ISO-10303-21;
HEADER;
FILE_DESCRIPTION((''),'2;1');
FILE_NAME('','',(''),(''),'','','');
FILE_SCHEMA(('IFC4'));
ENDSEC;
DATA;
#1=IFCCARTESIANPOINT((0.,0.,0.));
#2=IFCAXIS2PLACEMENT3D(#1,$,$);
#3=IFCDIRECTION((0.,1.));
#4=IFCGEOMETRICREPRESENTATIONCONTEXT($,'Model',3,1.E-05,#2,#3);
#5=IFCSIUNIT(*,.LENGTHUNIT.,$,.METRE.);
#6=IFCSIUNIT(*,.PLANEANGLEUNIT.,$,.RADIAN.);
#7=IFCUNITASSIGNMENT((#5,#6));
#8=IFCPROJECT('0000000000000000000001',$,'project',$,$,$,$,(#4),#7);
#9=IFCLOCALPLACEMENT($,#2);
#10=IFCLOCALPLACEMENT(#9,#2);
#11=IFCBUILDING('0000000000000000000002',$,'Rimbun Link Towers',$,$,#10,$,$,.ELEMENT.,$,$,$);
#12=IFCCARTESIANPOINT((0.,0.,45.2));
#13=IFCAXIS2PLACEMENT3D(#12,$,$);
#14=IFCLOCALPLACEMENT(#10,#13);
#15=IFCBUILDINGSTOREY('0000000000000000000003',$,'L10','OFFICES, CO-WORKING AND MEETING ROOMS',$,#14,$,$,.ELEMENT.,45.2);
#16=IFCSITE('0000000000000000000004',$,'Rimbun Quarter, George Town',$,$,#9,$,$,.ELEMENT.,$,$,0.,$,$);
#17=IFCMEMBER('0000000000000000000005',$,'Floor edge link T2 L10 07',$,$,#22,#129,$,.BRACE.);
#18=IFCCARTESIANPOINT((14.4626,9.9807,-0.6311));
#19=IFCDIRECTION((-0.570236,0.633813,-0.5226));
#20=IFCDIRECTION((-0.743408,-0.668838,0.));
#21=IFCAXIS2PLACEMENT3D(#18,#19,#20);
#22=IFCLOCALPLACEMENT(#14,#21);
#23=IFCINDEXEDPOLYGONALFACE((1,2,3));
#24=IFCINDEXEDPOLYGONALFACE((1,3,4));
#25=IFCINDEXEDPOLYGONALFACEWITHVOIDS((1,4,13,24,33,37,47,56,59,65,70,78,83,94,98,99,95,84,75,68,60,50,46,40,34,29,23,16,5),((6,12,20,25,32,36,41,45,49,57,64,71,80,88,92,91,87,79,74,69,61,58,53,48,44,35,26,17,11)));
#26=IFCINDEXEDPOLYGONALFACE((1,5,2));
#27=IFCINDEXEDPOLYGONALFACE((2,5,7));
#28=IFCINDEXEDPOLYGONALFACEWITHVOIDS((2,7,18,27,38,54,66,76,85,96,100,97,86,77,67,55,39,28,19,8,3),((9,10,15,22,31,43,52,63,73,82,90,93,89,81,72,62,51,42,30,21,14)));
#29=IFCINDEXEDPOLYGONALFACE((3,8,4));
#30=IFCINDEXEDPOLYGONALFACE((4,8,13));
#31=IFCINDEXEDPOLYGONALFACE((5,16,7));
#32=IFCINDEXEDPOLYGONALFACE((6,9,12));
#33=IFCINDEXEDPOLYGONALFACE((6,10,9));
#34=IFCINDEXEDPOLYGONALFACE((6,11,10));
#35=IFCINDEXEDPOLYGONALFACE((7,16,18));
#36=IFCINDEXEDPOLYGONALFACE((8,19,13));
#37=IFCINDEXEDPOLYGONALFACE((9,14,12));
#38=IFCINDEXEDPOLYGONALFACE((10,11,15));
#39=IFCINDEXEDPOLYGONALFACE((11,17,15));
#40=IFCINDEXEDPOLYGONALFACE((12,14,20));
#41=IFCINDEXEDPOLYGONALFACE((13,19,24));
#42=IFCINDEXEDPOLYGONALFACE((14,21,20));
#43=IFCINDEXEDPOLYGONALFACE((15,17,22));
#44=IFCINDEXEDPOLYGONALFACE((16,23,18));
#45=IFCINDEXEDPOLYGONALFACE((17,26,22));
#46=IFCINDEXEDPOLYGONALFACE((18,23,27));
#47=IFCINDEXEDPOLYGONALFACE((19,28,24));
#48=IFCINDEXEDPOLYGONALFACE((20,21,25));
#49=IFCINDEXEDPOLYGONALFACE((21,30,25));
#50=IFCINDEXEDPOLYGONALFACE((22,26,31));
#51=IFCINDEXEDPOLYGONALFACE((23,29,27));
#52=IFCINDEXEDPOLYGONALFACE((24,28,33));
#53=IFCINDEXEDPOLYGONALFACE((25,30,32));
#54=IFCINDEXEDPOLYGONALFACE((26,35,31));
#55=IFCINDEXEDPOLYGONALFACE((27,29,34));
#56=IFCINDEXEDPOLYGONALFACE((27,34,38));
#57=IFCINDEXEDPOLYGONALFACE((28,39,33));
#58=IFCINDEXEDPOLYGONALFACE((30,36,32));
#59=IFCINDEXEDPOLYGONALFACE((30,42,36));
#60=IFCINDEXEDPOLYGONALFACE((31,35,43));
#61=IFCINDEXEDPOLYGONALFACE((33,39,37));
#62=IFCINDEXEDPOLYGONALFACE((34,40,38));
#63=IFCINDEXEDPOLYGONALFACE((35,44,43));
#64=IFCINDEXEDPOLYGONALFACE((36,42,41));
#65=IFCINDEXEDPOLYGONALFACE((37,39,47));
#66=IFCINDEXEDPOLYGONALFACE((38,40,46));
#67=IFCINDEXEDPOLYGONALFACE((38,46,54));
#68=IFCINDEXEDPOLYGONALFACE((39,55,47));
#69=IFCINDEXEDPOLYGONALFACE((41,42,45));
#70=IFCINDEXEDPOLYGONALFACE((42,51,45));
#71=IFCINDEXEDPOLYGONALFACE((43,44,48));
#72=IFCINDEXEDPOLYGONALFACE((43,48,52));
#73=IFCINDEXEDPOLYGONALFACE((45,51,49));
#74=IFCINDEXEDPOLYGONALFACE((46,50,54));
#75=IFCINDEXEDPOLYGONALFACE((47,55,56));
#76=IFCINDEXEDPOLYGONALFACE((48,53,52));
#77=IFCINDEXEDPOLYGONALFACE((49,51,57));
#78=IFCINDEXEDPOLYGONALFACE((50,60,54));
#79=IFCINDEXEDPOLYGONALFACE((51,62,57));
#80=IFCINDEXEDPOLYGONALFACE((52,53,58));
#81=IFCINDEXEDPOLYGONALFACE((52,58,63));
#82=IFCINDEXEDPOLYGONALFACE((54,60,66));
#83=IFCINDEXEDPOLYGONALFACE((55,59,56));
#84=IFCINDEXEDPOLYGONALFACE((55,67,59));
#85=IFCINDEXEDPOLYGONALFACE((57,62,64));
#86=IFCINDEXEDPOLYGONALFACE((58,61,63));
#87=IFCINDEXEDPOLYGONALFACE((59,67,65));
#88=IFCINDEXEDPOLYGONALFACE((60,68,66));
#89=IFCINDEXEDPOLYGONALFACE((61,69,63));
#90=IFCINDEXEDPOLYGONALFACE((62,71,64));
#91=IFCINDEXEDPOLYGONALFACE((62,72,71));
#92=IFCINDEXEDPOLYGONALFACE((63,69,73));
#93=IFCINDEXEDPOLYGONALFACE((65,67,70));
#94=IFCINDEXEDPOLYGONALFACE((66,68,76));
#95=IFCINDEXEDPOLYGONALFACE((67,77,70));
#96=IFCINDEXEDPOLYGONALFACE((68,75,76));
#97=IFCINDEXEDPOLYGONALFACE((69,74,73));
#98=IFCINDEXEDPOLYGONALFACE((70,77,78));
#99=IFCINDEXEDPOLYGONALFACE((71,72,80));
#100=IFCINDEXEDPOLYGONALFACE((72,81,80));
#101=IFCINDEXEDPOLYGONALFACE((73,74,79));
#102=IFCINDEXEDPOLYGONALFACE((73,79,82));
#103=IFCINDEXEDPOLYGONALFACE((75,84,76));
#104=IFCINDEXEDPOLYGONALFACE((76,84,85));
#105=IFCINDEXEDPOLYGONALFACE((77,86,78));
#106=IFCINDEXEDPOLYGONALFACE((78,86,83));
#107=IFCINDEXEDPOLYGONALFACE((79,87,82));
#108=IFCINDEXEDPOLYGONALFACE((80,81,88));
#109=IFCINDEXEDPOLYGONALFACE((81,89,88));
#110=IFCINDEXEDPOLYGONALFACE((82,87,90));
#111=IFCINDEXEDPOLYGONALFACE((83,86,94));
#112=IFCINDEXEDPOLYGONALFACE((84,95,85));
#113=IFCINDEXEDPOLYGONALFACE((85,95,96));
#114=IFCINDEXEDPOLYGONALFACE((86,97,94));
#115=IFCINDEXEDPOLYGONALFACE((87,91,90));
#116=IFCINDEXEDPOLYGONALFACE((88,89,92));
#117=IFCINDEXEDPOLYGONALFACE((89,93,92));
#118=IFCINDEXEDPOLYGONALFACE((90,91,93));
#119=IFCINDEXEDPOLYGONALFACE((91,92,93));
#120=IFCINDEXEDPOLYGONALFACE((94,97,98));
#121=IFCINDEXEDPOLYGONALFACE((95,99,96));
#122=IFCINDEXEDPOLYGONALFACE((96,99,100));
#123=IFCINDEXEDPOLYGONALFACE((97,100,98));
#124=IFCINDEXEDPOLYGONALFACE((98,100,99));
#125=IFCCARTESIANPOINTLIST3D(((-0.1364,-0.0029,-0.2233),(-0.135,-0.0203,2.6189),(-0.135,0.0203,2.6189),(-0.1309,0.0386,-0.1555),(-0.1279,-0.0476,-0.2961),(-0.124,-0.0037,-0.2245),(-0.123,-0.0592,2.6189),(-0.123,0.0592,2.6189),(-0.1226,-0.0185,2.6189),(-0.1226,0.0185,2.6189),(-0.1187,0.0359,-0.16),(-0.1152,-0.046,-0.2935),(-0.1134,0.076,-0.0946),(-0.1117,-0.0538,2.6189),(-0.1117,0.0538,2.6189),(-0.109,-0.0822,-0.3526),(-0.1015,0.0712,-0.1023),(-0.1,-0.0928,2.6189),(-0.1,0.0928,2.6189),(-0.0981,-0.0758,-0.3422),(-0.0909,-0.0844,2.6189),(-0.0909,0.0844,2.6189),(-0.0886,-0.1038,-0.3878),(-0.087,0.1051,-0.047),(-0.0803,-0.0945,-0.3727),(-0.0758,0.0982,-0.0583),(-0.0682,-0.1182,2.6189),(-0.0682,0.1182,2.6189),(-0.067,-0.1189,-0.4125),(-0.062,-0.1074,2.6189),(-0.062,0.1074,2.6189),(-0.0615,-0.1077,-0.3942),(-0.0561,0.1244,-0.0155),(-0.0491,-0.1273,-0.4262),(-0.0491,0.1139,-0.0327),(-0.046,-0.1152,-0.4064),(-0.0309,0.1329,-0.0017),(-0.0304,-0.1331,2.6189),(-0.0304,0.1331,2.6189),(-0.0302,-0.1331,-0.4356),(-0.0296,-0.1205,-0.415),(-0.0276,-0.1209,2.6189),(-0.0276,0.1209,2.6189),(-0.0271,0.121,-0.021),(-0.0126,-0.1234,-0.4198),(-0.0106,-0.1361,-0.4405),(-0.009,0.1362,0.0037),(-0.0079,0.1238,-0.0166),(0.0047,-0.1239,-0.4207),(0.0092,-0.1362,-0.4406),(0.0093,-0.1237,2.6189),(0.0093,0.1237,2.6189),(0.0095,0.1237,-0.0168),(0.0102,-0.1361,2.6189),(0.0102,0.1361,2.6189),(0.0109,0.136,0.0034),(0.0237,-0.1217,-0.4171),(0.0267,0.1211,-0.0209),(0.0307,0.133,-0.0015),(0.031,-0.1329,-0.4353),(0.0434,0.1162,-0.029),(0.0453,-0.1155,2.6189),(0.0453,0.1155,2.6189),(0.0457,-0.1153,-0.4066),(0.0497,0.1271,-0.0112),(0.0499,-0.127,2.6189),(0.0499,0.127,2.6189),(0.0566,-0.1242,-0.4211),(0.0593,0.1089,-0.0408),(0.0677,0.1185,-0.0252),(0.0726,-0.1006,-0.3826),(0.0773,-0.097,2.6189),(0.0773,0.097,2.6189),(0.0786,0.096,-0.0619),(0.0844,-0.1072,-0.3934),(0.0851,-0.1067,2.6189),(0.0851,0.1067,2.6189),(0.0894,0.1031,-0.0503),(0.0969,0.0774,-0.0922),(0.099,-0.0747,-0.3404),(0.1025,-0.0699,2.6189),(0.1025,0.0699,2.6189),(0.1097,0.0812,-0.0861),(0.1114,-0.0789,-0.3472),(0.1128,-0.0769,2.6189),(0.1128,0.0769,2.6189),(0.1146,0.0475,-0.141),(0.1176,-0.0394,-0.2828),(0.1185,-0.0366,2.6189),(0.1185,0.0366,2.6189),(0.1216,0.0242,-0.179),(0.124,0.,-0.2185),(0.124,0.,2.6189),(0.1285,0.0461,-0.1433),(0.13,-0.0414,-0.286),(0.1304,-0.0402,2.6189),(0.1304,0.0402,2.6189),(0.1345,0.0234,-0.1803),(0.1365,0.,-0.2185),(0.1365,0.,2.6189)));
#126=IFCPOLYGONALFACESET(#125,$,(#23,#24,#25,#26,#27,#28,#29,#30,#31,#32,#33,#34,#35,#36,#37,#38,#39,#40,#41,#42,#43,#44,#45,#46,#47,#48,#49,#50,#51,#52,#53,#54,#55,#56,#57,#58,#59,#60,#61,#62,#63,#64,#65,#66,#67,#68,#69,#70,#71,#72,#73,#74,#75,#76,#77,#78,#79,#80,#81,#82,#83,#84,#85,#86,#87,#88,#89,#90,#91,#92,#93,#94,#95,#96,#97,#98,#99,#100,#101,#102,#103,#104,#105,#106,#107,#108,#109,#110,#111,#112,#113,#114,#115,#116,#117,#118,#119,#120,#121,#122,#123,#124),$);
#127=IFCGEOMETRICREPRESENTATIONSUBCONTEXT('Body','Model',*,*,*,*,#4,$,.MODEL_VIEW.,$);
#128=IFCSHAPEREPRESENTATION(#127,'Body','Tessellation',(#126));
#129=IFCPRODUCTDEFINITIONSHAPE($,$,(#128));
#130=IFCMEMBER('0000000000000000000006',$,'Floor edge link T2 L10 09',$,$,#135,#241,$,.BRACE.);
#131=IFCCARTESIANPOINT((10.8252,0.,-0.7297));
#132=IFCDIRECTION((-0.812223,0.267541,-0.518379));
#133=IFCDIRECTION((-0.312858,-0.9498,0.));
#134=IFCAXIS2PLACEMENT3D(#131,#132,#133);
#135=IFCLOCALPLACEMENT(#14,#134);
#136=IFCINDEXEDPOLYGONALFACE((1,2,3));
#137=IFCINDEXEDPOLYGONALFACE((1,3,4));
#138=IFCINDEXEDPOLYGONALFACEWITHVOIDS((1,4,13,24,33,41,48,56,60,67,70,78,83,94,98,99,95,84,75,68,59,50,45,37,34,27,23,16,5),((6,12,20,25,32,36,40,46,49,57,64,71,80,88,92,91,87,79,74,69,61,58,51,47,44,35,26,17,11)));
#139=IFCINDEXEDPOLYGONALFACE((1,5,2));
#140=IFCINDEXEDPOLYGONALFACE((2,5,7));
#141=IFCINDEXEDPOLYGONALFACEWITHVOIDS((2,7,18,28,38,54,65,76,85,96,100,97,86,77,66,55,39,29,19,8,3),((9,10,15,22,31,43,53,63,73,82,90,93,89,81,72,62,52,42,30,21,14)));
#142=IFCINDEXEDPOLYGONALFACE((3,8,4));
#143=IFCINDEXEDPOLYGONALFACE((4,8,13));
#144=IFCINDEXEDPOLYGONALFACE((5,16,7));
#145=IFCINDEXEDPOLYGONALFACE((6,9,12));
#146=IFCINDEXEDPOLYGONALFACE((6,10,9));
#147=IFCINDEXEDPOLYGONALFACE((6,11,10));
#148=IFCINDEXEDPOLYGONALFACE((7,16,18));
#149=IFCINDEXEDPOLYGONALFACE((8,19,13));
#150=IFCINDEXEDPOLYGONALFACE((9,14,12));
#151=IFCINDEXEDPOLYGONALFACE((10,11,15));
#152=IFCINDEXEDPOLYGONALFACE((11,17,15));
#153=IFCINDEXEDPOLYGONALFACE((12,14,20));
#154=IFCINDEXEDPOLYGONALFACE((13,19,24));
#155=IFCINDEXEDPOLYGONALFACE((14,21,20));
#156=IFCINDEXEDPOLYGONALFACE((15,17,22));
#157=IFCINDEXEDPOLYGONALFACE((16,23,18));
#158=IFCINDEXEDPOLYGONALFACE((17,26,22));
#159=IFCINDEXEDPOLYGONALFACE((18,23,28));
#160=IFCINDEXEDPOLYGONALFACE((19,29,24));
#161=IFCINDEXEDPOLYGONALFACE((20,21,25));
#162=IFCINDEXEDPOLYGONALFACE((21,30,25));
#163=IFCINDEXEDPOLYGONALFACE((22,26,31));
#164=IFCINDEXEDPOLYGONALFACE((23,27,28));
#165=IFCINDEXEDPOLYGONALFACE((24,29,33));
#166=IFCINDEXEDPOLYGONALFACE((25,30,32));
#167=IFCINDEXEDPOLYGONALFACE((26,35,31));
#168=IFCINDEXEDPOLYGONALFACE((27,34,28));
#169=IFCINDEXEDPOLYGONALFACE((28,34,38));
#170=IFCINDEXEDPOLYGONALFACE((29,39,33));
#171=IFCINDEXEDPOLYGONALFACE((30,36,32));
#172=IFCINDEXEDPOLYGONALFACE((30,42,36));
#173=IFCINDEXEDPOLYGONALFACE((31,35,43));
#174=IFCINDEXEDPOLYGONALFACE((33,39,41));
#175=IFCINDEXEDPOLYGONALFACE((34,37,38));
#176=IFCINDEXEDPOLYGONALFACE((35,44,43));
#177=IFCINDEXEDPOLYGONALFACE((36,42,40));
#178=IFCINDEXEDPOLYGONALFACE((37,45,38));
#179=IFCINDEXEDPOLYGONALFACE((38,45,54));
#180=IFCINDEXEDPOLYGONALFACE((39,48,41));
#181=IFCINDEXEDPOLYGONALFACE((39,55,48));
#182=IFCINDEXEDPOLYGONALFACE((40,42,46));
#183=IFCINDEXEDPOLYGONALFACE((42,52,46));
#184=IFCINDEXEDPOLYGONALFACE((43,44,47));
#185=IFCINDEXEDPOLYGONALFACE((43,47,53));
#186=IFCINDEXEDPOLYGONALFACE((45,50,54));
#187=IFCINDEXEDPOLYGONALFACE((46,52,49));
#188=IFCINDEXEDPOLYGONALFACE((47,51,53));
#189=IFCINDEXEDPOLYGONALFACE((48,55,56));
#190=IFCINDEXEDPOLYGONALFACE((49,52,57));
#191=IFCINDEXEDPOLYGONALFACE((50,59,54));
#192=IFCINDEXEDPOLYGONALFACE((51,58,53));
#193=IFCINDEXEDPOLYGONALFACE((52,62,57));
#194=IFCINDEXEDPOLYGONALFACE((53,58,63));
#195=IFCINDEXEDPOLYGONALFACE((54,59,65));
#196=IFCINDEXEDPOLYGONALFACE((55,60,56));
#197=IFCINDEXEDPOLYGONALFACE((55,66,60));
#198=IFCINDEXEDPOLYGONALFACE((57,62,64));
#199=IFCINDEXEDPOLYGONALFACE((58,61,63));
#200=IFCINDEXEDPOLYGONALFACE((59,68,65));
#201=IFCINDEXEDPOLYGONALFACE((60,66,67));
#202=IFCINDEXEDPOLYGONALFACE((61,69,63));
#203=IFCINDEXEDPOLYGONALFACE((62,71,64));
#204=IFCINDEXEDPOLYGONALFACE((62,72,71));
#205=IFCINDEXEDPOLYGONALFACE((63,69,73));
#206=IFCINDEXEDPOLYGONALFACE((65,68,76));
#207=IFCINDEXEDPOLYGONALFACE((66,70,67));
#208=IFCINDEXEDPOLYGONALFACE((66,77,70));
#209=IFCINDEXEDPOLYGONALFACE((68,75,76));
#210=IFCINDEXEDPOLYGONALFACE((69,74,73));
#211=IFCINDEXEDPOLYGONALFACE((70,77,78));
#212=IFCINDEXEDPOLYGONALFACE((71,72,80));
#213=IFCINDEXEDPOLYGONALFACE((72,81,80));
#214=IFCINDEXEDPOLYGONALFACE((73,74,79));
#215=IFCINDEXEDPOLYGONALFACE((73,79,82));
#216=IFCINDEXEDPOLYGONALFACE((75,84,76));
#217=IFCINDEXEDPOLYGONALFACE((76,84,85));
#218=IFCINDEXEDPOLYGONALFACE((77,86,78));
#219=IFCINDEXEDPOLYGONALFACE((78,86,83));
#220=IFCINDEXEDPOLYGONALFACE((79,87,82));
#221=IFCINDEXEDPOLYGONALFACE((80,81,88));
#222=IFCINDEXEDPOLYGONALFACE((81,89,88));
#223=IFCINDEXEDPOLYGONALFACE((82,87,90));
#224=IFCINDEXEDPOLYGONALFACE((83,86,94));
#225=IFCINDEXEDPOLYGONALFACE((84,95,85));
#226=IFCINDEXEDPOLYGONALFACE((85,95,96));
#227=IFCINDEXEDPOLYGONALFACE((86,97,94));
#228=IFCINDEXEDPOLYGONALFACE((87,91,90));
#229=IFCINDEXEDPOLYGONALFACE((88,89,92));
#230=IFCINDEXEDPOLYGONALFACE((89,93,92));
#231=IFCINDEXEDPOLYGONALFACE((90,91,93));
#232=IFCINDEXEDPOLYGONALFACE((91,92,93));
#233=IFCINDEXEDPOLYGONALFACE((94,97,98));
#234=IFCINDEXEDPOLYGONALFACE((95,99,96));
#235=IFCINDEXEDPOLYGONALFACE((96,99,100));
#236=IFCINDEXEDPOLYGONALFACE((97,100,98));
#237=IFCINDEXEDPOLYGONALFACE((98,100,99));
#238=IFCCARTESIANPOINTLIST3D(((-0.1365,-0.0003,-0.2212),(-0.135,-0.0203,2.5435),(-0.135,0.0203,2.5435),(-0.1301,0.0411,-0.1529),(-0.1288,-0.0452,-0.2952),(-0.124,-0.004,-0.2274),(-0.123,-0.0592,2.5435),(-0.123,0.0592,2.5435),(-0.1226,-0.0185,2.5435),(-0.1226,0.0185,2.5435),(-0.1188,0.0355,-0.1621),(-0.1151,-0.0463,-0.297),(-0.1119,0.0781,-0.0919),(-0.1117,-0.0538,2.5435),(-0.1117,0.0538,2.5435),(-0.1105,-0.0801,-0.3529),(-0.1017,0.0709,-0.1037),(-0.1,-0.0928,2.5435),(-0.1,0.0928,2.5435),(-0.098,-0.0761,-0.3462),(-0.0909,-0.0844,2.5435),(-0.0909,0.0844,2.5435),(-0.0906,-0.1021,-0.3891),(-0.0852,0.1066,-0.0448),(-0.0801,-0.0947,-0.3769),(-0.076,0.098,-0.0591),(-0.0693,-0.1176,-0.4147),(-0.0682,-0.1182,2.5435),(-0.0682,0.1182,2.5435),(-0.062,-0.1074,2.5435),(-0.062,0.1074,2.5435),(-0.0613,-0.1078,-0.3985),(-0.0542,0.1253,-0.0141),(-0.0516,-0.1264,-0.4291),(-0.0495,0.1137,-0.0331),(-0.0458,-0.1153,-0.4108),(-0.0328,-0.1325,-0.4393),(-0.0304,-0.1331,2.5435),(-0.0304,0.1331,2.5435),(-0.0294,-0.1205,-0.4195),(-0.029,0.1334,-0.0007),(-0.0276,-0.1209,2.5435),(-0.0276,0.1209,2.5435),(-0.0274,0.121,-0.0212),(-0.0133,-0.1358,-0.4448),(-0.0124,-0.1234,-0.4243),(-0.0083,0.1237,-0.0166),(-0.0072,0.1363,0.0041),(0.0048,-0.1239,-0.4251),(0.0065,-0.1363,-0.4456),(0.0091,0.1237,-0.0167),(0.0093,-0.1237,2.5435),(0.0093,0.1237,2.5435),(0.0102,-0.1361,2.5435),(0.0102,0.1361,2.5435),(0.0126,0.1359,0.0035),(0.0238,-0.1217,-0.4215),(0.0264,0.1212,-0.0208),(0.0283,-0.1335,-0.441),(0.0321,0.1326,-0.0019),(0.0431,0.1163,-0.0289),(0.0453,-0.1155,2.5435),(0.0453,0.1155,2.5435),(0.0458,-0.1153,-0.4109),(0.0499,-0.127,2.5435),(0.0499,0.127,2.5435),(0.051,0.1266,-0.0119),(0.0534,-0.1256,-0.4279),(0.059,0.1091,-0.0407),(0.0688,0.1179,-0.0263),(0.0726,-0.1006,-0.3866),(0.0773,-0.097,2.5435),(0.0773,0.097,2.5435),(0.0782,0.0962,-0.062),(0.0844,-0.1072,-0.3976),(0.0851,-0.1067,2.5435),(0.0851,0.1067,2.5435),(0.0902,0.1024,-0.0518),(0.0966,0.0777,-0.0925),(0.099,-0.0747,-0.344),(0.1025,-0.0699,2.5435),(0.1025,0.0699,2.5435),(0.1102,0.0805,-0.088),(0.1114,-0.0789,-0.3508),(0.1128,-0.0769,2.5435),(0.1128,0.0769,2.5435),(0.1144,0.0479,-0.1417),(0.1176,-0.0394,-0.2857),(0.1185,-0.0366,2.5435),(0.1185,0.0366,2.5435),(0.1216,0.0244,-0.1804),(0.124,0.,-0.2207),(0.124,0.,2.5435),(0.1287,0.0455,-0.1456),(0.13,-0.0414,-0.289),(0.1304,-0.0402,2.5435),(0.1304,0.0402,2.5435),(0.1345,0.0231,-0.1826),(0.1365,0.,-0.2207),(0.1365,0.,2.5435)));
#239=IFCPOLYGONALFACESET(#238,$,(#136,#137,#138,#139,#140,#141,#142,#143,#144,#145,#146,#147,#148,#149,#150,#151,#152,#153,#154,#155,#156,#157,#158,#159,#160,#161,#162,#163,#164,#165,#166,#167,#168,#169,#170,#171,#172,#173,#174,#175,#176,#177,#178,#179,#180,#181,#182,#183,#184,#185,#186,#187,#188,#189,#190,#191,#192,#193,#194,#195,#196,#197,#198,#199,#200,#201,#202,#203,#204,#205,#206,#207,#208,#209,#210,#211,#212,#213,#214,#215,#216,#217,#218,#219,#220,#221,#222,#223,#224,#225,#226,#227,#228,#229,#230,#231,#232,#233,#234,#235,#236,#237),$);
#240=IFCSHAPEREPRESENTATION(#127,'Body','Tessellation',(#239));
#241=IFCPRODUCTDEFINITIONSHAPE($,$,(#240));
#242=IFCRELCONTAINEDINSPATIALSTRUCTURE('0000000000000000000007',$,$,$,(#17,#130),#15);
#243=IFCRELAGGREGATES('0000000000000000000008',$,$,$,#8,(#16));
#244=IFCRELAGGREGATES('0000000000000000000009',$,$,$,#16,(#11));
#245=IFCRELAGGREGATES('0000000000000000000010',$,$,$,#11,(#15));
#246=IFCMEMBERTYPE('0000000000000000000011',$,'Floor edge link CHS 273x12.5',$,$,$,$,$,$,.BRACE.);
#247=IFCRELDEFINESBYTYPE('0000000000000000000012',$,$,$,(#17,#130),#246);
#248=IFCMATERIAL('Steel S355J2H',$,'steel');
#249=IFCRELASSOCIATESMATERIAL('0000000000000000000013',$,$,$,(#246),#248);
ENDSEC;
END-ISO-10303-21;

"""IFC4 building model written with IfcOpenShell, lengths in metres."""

from ifc_helpers import new_model, si_unit, direction, frame, origin, origin_2d, place, context, subcontext, project, spatial, hollow_circle, extrude, clip, halfspace, material, material_profile, profile_set, type_object, element, save


model = new_model("IFC4")

# Units and contexts
model_context = context("Model", 3, precision=1e-05, world=origin(), true_north=direction((0.0, 1.0)))
body_context = subcontext(model_context, "Body", "Model", "MODEL_VIEW")
ifc_project = project(units=[si_unit("LENGTHUNIT", "METRE"), si_unit("PLANEANGLEUNIT", "RADIAN")], contexts=[model_context])

# Site, building, storey
site_placement = place(None, origin())
site = spatial("IfcSite", under=ifc_project, at=site_placement, Name="Rimbun Quarter, George Town", CompositionType="ELEMENT", RefElevation=0.0)
building_placement = place(site_placement, origin())
building = spatial("IfcBuilding", under=site, at=building_placement, Name="Rimbun Link Towers", CompositionType="ELEMENT")
storey_placement = place(building_placement, frame((0.0, 0.0, 45.2)))
storey = spatial("IfcBuildingStorey", under=building, at=storey_placement, Name="L10", Description="OFFICES, CO-WORKING AND MEETING ROOMS", CompositionType="ELEMENT", Elevation=45.2)

# Members
ifc_material_1 = material(Name="Steel S355J2H", Category="steel")
ifc_material_profile_1 = material_profile(ifc_material_1, hollow_circle(Radius=0.1365, WallThickness=0.0125, at=origin_2d()), Name="CHS 273x12.5")
ifc_profile_set_1 = profile_set([ifc_material_profile_1], Name="Steel S355J2H")
member_type_1 = type_object("IfcMemberType", Name="Floor edge link CHS 273x12.5", PredefinedType="BRACE", material=ifc_profile_set_1)
member_1_placement = place(storey_placement, frame((14.4626, 9.9807, -0.6311), z_axis=(-0.570236, 0.633813, -0.5226), x_axis=(-0.743408, -0.668838, 0.0)))
element("IfcMember", 1, at=member_1_placement, inside=storey, type_object=member_type_1, Name="Floor edge link T2 L10 07", PredefinedType="BRACE", context=body_context, shape_type="Clipping", body=[
    clip(extrude(hollow_circle(Radius=0.1365, WallThickness=0.0125, at=origin_2d()), frame((0.0, 0.0, -0.4646)), (0.0, 0.0, 1.0), 3.0835), halfspace(frame((0.0, 0.0, -0.2185), z_axis=(0.0, 0.852578, -0.5226)), False)),
])
member_2_placement = place(storey_placement, frame((10.8252, 0.0, -0.7297), z_axis=(-0.812223, 0.267541, -0.518379), x_axis=(-0.312858, -0.9498, 0.0)))
element("IfcMember", 2, at=member_2_placement, inside=storey, type_object=member_type_1, Name="Floor edge link T2 L10 09", PredefinedType="BRACE", context=body_context, shape_type="Clipping", body=[
    clip(extrude(hollow_circle(Radius=0.1365, WallThickness=0.0125, at=origin_2d()), frame((0.0, 0.0, -0.4695)), (0.0, 0.0, 1.0), 3.0129), halfspace(frame((0.0, 0.0, -0.2207), z_axis=(0.0, 0.855151, -0.518379)), False)),
])

save(model, "model.ifc")
